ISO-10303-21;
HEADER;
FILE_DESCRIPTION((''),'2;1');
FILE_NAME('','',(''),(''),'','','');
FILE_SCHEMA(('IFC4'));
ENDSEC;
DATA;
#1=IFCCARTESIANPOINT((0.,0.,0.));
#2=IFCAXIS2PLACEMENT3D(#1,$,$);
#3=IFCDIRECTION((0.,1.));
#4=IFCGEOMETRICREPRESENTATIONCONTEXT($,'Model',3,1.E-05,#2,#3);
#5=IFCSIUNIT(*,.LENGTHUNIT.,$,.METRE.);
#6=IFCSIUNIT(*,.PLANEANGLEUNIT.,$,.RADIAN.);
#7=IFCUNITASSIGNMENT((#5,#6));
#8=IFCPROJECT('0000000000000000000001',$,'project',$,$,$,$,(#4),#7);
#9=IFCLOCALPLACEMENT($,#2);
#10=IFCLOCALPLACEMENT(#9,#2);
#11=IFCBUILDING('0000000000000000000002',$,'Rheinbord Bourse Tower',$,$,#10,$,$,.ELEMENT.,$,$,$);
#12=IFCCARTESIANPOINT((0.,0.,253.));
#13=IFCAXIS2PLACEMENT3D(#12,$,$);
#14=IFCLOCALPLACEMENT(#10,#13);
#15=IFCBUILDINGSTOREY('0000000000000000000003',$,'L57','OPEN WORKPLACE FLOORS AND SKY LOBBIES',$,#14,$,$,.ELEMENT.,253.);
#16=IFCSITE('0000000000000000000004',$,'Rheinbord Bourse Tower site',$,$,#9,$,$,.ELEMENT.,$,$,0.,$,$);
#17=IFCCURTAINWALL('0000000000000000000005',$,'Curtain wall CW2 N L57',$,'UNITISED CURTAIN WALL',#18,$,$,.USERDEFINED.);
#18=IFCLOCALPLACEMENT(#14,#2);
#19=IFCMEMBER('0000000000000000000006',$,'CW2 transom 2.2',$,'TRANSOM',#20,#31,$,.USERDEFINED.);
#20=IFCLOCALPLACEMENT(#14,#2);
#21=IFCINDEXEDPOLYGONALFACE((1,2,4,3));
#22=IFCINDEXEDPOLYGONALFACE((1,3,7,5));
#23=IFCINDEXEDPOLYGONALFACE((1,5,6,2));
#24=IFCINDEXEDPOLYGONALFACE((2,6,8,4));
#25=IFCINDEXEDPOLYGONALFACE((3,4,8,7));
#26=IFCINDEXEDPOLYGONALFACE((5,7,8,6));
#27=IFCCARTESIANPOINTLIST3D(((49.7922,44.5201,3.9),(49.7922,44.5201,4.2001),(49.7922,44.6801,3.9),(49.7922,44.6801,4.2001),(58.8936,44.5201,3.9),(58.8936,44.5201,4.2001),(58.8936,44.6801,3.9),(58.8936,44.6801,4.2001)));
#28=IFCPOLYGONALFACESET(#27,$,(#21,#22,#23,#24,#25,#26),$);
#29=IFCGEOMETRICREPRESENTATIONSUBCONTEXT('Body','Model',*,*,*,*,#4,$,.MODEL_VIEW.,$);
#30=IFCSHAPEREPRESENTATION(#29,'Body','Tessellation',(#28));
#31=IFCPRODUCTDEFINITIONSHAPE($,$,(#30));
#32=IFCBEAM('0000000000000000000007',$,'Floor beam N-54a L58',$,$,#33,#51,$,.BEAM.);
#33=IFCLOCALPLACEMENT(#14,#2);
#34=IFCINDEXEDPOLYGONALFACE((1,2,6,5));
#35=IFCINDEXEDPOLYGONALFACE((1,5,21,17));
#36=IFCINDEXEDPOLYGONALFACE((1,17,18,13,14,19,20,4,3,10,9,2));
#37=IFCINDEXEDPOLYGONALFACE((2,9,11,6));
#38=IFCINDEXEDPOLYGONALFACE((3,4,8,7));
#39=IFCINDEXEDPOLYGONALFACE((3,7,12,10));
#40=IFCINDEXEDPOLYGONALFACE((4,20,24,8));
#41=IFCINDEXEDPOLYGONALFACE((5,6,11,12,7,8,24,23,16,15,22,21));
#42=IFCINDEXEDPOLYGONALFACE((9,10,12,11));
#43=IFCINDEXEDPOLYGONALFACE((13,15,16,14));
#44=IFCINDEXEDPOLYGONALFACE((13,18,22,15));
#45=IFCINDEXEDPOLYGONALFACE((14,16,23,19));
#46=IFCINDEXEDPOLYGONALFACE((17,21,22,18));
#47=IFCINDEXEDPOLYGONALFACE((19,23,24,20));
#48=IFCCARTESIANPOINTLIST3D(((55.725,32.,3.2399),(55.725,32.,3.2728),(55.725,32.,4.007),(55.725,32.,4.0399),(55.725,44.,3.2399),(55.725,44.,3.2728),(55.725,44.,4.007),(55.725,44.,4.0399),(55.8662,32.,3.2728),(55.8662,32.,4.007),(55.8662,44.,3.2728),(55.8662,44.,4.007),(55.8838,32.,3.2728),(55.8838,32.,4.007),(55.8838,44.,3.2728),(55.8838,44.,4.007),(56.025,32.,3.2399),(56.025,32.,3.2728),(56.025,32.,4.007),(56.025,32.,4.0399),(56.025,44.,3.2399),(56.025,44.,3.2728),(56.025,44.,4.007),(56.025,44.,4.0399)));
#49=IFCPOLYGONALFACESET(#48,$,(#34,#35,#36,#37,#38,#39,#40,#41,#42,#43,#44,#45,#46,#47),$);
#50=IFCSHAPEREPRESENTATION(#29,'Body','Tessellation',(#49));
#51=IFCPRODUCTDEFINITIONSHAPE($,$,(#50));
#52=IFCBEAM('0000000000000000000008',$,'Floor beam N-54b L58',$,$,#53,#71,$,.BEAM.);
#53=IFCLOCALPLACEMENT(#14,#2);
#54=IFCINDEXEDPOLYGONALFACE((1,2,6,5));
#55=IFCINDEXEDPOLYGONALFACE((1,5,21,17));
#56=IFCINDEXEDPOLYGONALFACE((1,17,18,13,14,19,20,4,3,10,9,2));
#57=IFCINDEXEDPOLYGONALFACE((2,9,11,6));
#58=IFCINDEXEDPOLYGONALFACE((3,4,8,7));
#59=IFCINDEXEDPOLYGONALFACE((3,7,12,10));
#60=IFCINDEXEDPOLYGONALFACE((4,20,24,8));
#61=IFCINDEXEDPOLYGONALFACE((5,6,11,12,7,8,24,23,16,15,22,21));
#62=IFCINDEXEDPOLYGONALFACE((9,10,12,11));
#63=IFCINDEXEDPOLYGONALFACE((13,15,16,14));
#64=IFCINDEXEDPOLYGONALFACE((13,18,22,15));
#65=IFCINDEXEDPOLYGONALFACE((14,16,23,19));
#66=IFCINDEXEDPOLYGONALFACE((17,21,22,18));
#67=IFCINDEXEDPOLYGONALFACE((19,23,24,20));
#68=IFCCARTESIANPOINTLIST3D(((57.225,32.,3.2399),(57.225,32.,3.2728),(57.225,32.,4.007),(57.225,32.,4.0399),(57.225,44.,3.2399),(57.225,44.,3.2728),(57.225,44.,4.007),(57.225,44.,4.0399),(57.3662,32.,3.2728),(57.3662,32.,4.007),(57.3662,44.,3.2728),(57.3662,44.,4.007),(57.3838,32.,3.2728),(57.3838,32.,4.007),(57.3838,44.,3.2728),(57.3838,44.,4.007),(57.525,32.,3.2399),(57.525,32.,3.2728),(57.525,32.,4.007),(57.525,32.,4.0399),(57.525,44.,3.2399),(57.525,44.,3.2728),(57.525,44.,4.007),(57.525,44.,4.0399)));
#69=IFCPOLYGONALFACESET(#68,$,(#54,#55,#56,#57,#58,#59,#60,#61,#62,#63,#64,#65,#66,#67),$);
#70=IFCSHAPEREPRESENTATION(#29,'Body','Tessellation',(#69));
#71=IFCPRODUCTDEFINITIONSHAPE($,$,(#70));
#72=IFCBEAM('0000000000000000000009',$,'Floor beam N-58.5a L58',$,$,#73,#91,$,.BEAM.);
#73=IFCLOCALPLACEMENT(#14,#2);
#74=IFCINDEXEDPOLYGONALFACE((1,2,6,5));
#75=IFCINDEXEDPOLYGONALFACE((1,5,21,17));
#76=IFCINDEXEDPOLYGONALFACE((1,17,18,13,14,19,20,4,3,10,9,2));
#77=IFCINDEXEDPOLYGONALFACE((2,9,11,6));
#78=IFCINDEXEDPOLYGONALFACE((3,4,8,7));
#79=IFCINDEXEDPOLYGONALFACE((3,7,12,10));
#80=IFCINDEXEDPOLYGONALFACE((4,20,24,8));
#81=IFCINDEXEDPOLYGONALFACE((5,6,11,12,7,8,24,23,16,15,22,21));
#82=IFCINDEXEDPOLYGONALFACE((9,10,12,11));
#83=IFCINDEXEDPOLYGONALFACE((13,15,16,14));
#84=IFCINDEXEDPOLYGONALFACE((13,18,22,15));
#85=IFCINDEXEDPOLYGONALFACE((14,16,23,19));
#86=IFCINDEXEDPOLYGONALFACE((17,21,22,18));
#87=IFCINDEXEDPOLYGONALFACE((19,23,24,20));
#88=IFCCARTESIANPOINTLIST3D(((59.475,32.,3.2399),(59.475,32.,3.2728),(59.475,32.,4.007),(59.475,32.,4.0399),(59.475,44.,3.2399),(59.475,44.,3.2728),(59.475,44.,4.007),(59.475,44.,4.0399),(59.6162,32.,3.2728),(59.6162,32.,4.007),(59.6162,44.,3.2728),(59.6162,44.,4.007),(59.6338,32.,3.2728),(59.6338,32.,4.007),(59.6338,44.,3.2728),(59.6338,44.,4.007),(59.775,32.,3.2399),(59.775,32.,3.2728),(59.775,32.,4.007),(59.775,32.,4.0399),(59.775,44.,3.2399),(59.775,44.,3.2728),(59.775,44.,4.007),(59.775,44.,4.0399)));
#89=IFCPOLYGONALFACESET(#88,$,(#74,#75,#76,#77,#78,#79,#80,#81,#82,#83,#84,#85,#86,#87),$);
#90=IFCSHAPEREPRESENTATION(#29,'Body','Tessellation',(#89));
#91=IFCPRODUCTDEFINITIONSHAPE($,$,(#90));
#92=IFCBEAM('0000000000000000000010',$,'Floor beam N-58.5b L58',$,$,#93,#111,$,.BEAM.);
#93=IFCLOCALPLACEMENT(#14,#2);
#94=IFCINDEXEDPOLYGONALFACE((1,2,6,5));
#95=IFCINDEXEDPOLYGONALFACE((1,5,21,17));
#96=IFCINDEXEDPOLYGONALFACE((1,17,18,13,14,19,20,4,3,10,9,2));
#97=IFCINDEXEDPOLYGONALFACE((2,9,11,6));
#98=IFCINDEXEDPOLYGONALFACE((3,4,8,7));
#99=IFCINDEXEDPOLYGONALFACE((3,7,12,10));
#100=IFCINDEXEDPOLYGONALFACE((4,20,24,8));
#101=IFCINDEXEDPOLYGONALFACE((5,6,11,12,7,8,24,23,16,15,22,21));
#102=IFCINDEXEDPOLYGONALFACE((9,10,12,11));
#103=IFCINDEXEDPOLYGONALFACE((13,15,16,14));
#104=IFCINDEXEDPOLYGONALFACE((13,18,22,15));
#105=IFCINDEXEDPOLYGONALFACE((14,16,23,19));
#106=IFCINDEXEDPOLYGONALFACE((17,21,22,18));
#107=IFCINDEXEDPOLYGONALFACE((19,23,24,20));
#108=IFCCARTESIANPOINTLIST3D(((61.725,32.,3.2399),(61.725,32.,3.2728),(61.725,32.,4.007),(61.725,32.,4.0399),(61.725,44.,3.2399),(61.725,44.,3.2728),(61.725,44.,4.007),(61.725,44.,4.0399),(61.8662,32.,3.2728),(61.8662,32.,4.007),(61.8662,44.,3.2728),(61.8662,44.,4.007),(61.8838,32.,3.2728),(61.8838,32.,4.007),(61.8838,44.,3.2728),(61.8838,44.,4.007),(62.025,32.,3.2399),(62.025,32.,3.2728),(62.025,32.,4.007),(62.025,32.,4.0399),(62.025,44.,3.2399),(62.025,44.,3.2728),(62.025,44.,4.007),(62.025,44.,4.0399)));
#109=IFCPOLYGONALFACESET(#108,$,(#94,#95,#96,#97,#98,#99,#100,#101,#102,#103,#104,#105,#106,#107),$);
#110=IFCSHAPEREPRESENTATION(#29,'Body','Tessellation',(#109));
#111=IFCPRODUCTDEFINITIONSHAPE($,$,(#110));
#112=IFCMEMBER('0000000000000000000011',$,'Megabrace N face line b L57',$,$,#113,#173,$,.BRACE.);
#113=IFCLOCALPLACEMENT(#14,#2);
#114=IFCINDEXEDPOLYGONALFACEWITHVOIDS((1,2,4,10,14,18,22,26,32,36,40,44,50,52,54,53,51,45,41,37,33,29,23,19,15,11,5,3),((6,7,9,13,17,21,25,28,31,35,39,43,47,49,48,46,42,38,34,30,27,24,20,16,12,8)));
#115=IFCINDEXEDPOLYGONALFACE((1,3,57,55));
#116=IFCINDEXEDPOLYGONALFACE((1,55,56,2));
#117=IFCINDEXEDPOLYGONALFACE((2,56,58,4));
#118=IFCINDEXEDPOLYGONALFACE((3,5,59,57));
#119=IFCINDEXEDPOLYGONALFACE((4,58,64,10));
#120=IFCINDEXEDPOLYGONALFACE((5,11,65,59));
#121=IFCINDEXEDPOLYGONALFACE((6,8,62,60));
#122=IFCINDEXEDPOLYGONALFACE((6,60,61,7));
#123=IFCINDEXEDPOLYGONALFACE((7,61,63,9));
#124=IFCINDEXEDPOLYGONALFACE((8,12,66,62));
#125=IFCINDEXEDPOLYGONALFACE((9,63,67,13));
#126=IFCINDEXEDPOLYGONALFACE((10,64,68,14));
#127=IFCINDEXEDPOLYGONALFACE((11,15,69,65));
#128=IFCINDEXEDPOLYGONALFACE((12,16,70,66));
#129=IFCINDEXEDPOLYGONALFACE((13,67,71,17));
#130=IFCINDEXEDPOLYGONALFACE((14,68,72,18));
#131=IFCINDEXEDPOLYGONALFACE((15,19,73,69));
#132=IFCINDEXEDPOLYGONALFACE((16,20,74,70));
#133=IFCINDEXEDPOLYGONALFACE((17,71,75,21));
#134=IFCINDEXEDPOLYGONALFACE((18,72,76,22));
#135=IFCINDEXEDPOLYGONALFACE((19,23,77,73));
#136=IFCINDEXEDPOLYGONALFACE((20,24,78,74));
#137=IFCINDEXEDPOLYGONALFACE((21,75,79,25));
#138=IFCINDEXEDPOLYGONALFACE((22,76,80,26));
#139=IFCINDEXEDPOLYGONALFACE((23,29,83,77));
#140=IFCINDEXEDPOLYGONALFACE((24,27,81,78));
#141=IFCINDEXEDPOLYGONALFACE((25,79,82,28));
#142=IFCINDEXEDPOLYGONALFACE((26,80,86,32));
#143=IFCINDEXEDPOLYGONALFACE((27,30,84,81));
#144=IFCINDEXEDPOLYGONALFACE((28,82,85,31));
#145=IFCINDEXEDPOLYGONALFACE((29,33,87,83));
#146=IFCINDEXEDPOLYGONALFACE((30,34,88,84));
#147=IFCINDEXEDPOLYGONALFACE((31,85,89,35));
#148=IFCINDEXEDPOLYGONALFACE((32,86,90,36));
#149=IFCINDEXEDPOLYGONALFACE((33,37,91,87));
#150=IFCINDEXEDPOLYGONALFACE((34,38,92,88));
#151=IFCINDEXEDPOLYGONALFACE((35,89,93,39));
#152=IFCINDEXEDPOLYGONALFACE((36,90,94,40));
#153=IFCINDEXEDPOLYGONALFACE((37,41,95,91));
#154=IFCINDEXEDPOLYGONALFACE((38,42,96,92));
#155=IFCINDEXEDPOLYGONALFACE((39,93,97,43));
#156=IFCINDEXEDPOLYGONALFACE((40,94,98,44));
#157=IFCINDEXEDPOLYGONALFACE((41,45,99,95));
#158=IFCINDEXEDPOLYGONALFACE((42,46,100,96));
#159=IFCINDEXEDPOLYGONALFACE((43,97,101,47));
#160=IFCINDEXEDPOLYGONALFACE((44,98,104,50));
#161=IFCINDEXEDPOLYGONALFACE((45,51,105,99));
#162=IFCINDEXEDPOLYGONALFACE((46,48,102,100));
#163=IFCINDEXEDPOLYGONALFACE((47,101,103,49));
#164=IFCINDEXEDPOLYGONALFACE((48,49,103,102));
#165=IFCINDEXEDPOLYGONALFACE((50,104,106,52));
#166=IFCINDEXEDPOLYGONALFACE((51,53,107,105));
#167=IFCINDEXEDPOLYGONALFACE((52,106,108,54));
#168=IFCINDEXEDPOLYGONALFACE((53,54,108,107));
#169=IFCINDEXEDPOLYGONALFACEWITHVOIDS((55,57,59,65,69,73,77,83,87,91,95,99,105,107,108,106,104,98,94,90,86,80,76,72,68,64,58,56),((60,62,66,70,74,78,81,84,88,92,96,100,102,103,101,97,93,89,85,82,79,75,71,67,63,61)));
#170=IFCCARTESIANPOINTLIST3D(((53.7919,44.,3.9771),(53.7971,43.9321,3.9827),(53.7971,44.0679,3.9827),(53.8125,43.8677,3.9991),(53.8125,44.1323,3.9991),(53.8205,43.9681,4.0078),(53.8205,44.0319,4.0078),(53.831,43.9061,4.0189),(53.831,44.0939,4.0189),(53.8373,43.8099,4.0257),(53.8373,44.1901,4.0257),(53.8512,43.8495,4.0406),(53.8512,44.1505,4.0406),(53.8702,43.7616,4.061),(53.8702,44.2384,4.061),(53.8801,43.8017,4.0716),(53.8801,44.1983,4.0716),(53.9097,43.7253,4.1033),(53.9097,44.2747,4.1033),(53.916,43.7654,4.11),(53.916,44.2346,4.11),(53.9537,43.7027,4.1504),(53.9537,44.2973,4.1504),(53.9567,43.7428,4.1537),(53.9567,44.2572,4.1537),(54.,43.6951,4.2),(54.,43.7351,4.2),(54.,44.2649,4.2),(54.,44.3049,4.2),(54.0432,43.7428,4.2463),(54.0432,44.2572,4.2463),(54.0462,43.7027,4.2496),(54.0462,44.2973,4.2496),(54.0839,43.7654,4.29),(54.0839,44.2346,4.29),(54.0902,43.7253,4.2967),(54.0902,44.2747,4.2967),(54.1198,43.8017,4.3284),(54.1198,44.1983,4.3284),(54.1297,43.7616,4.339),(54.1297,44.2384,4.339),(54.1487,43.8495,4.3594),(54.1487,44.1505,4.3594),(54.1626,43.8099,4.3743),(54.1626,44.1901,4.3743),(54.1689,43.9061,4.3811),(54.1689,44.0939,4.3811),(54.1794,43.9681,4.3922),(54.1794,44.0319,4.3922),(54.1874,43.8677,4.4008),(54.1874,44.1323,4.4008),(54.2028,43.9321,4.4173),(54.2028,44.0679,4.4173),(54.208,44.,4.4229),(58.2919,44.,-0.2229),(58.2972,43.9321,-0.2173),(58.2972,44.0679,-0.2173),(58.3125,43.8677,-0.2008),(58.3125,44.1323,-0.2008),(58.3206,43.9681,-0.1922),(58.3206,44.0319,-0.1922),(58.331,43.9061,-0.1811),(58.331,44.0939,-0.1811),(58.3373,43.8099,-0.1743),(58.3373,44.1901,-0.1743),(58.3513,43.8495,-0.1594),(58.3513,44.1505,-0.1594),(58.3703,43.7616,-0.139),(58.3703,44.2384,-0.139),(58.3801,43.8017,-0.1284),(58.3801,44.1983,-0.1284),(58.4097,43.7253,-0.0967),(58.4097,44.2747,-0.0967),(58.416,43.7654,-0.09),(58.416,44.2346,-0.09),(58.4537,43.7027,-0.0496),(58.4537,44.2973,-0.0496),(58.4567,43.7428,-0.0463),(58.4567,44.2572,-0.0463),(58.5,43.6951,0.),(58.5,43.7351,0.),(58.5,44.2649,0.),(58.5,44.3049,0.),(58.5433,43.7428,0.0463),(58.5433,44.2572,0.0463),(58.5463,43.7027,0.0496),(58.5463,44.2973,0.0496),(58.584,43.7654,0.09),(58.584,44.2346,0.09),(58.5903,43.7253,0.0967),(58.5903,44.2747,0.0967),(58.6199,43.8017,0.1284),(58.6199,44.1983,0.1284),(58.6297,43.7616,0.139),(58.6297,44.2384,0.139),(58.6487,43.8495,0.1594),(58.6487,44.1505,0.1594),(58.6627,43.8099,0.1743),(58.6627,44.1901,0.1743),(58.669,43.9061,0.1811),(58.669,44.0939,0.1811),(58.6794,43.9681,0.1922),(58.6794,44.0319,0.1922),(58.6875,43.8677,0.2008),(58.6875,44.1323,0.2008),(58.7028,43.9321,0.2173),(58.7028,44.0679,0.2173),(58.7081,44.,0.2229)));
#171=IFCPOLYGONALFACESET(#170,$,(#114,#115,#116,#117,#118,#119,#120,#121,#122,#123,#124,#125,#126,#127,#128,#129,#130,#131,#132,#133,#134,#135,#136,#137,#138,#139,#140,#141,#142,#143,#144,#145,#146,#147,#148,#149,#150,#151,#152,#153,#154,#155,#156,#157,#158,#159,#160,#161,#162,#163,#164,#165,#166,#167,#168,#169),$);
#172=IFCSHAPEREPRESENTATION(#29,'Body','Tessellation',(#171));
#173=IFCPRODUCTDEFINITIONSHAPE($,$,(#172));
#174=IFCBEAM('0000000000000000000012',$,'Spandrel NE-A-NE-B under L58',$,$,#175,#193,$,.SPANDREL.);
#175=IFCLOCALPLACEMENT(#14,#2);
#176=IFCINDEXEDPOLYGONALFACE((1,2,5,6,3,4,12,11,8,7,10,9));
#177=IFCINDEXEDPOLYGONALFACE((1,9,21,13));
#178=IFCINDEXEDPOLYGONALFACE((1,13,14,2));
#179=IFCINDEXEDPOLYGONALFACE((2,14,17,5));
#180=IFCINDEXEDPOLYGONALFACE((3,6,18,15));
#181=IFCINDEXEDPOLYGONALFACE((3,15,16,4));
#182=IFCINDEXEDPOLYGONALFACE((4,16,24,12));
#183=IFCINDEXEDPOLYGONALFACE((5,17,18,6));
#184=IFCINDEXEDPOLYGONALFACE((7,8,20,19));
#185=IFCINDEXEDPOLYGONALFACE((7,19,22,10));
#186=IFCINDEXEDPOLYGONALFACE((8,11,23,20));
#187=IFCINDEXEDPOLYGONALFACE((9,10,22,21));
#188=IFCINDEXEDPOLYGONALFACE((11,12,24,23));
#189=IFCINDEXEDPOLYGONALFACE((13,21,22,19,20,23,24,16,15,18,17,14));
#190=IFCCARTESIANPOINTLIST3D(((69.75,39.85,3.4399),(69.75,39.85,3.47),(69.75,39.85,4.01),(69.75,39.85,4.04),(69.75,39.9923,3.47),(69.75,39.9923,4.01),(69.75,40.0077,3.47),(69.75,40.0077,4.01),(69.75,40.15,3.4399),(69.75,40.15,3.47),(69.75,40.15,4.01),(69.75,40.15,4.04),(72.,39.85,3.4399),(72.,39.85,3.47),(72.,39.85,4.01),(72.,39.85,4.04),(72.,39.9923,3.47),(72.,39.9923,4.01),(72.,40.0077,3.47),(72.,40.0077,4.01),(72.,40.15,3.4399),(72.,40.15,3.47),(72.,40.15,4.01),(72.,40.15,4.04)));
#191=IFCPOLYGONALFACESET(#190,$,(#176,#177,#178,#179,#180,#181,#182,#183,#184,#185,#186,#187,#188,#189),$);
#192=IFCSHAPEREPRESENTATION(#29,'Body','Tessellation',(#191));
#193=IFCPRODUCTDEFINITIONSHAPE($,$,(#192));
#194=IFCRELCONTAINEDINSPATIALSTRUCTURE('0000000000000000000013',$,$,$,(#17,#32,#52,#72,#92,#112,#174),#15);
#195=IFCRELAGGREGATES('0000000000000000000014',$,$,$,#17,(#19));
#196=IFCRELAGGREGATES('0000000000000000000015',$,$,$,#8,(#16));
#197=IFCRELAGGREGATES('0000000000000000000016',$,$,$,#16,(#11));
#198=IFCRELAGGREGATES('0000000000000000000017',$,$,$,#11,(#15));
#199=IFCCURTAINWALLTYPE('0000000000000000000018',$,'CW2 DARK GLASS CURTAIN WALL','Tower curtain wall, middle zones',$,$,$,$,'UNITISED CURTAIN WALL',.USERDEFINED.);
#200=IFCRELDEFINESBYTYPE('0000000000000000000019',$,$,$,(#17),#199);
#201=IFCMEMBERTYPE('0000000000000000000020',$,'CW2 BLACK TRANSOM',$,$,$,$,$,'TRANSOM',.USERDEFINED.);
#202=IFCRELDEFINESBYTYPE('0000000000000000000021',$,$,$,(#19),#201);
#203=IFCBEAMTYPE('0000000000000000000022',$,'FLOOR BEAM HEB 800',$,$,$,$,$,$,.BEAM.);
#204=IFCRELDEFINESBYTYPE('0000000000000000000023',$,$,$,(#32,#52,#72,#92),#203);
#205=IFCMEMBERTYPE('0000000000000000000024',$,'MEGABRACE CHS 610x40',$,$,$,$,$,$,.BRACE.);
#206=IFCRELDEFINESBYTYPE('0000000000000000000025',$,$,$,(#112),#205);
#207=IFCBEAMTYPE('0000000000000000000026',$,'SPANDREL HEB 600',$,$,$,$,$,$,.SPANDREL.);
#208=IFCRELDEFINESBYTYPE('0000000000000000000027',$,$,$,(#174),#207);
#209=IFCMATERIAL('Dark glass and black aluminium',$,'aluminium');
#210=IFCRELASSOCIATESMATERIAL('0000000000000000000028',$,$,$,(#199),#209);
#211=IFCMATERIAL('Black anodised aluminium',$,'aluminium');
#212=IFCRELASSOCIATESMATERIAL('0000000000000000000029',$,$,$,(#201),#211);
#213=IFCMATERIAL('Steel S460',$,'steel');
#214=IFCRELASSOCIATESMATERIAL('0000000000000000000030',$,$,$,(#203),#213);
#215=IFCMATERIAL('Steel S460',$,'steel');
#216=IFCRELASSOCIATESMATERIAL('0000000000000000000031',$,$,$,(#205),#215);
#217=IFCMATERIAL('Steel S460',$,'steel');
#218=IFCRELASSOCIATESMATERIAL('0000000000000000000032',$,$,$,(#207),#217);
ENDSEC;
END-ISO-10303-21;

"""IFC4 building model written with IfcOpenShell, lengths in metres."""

from ifc_helpers import new_model, si_unit, direction, frame, origin, origin_2d, place, context, subcontext, project, spatial, rectangle, hollow_circle, i_section, extrude, material, material_profile, profile_set, type_object, element, aggregate, save


model = new_model("IFC4")

# Units and contexts
model_context = context("Model", 3, precision=1e-05, world=origin(), true_north=direction((0.0, 1.0)))
body_context = subcontext(model_context, "Body", "Model", "MODEL_VIEW")
ifc_project = project(units=[si_unit("LENGTHUNIT", "METRE"), si_unit("PLANEANGLEUNIT", "RADIAN")], contexts=[model_context])

# Site, building, storey
site_placement = place(None, origin())
site = spatial("IfcSite", under=ifc_project, at=site_placement, Name="Rheinbord Bourse Tower site", CompositionType="ELEMENT", RefElevation=0.0)
building_placement = place(site_placement, origin())
building = spatial("IfcBuilding", under=site, at=building_placement, Name="Rheinbord Bourse Tower", CompositionType="ELEMENT")
storey_placement = place(building_placement, frame((0.0, 0.0, 253.0)))
storey = spatial("IfcBuildingStorey", under=building, at=storey_placement, Name="L57", Description="OPEN WORKPLACE FLOORS AND SKY LOBBIES", CompositionType="ELEMENT", Elevation=253.0)

# Curtain wall
ifc_material_1 = material(Name="Dark glass and black aluminium", Category="aluminium")
curtain_wall_type = type_object("IfcCurtainWallType", Name="CW2 DARK GLASS CURTAIN WALL", Description="Tower curtain wall, middle zones", ElementType="UNITISED CURTAIN WALL", PredefinedType="USERDEFINED", material=ifc_material_1)
curtain_wall_1_placement = place(storey_placement, origin())
curtain_wall_1 = element("IfcCurtainWall", 1, at=curtain_wall_1_placement, inside=storey, type_object=curtain_wall_type, Name="Curtain wall CW2 N L57", ObjectType="UNITISED CURTAIN WALL", PredefinedType="USERDEFINED")

# Member
ifc_material_2 = material(Name="Black anodised aluminium", Category="aluminium")
ifc_material_profile_1 = material_profile(ifc_material_2, rectangle(XDim=0.1599, YDim=0.3, at=origin_2d()), Name="CW2 TRANSOM 300x160")
ifc_profile_set_1 = profile_set([ifc_material_profile_1], Name="Black anodised aluminium")
member_type_1 = type_object("IfcMemberType", Name="CW2 BLACK TRANSOM", ElementType="TRANSOM", PredefinedType="USERDEFINED", material=ifc_profile_set_1)
member_1_placement = place(storey_placement, frame((58.8936, 44.6001, 4.05), z_axis=(-1.0, 0.0, 0.0), x_axis=(0.0, -1.0, 0.0)))
member_1 = element("IfcMember", 2, at=member_1_placement, type_object=member_type_1, Name="CW2 transom 2.2", ObjectType="TRANSOM", PredefinedType="USERDEFINED", context=body_context, shape_type="SweptSolid", body=[
    extrude(rectangle(XDim=0.1599, YDim=0.3, at=origin_2d()), origin(), (0.0, 0.0, 1.0), 9.1013),
])

# Beams
ifc_material_3 = material(Name="Steel S460", Category="steel")
ifc_material_profile_2 = material_profile(ifc_material_3, i_section(OverallWidth=0.3, OverallDepth=0.8, WebThickness=0.0176, FlangeThickness=0.033, at=origin_2d()), Name="HEB 800")
ifc_profile_set_2 = profile_set([ifc_material_profile_2], Name="Steel S460")
beam_type_1 = type_object("IfcBeamType", Name="FLOOR BEAM HEB 800", PredefinedType="BEAM", material=ifc_profile_set_2)
for number, where, z_axis, x_axis, name in (
    (3, (55.875, 44.0, 3.6399), (0.0, -1.0, 0.0), (1.0, 0.0, 0.0), "Floor beam N-54a L58"),
    (4, (57.375, 44.0, 3.6399), (0.0, -1.0, 0.0), (1.0, 0.0, 0.0), "Floor beam N-54b L58"),
    (5, (59.625, 44.0, 3.6399), (0.0, -1.0, 0.0), (1.0, 0.0, 0.0), "Floor beam N-58.5a L58"),
    (6, (61.875, 44.0, 3.6399), (0.0, -1.0, 0.0), (1.0, 0.0, 0.0), "Floor beam N-58.5b L58"),
):
    element("IfcBeam", number, at=place(storey_placement, frame(where, z_axis=z_axis, x_axis=x_axis)), inside=storey, type_object=beam_type_1, Name=name, PredefinedType="BEAM", context=body_context, shape_type="SweptSolid", body=[
        extrude(i_section(OverallWidth=0.3, OverallDepth=0.8, WebThickness=0.0176, FlangeThickness=0.033, at=origin_2d()), origin(), (0.0, 0.0, 1.0), 12.0),
    ])

# Member
ifc_material_4 = material(Name="Steel S460", Category="steel")
ifc_material_profile_3 = material_profile(ifc_material_4, hollow_circle(Radius=0.3049, WallThickness=0.04, at=origin_2d()), Name="CHS 610x40")
ifc_profile_set_3 = profile_set([ifc_material_profile_3], Name="Steel S460")
member_type_2 = type_object("IfcMemberType", Name="MEGABRACE CHS 610x40", PredefinedType="BRACE", material=ifc_profile_set_3)
member_2_placement = place(storey_placement, frame((58.5, 44.0, 0.0), z_axis=(-0.731059, 0.0, 0.682314), x_axis=(0.0, -1.0, 0.0)))
element("IfcMember", 7, at=member_2_placement, inside=storey, type_object=member_type_2, Name="Megabrace N face line b L57", PredefinedType="BRACE", context=body_context, shape_type="SweptSolid", body=[
    extrude(hollow_circle(Radius=0.3049, WallThickness=0.04, at=origin_2d()), origin(), (0.0, 0.0, 1.0), 6.1555),
])

# Beam
ifc_material_5 = material(Name="Steel S460", Category="steel")
ifc_material_profile_4 = material_profile(ifc_material_5, i_section(OverallWidth=0.3, OverallDepth=0.6001, WebThickness=0.0154, FlangeThickness=0.03, at=origin_2d()), Name="HEB 600")
ifc_profile_set_4 = profile_set([ifc_material_profile_4], Name="Steel S460")
beam_type_2 = type_object("IfcBeamType", Name="SPANDREL HEB 600", PredefinedType="SPANDREL", material=ifc_profile_set_4)
for number, where, z_axis, x_axis, name in (
    (8, (72.0, 40.0, 3.74), (-1.0, 0.0, 0.0), (0.0, -1.0, 0.0), "Spandrel NE-A-NE-B under L58"),
):
    element("IfcBeam", number, at=place(storey_placement, frame(where, z_axis=z_axis, x_axis=x_axis)), inside=storey, type_object=beam_type_2, Name=name, PredefinedType="SPANDREL", context=body_context, shape_type="SweptSolid", body=[
        extrude(i_section(OverallWidth=0.3, OverallDepth=0.6001, WebThickness=0.0154, FlangeThickness=0.03, at=origin_2d()), origin(), (0.0, 0.0, 1.0), 2.25),
    ])

aggregate(curtain_wall_1, [member_1])

save(model, "model.ifc")
